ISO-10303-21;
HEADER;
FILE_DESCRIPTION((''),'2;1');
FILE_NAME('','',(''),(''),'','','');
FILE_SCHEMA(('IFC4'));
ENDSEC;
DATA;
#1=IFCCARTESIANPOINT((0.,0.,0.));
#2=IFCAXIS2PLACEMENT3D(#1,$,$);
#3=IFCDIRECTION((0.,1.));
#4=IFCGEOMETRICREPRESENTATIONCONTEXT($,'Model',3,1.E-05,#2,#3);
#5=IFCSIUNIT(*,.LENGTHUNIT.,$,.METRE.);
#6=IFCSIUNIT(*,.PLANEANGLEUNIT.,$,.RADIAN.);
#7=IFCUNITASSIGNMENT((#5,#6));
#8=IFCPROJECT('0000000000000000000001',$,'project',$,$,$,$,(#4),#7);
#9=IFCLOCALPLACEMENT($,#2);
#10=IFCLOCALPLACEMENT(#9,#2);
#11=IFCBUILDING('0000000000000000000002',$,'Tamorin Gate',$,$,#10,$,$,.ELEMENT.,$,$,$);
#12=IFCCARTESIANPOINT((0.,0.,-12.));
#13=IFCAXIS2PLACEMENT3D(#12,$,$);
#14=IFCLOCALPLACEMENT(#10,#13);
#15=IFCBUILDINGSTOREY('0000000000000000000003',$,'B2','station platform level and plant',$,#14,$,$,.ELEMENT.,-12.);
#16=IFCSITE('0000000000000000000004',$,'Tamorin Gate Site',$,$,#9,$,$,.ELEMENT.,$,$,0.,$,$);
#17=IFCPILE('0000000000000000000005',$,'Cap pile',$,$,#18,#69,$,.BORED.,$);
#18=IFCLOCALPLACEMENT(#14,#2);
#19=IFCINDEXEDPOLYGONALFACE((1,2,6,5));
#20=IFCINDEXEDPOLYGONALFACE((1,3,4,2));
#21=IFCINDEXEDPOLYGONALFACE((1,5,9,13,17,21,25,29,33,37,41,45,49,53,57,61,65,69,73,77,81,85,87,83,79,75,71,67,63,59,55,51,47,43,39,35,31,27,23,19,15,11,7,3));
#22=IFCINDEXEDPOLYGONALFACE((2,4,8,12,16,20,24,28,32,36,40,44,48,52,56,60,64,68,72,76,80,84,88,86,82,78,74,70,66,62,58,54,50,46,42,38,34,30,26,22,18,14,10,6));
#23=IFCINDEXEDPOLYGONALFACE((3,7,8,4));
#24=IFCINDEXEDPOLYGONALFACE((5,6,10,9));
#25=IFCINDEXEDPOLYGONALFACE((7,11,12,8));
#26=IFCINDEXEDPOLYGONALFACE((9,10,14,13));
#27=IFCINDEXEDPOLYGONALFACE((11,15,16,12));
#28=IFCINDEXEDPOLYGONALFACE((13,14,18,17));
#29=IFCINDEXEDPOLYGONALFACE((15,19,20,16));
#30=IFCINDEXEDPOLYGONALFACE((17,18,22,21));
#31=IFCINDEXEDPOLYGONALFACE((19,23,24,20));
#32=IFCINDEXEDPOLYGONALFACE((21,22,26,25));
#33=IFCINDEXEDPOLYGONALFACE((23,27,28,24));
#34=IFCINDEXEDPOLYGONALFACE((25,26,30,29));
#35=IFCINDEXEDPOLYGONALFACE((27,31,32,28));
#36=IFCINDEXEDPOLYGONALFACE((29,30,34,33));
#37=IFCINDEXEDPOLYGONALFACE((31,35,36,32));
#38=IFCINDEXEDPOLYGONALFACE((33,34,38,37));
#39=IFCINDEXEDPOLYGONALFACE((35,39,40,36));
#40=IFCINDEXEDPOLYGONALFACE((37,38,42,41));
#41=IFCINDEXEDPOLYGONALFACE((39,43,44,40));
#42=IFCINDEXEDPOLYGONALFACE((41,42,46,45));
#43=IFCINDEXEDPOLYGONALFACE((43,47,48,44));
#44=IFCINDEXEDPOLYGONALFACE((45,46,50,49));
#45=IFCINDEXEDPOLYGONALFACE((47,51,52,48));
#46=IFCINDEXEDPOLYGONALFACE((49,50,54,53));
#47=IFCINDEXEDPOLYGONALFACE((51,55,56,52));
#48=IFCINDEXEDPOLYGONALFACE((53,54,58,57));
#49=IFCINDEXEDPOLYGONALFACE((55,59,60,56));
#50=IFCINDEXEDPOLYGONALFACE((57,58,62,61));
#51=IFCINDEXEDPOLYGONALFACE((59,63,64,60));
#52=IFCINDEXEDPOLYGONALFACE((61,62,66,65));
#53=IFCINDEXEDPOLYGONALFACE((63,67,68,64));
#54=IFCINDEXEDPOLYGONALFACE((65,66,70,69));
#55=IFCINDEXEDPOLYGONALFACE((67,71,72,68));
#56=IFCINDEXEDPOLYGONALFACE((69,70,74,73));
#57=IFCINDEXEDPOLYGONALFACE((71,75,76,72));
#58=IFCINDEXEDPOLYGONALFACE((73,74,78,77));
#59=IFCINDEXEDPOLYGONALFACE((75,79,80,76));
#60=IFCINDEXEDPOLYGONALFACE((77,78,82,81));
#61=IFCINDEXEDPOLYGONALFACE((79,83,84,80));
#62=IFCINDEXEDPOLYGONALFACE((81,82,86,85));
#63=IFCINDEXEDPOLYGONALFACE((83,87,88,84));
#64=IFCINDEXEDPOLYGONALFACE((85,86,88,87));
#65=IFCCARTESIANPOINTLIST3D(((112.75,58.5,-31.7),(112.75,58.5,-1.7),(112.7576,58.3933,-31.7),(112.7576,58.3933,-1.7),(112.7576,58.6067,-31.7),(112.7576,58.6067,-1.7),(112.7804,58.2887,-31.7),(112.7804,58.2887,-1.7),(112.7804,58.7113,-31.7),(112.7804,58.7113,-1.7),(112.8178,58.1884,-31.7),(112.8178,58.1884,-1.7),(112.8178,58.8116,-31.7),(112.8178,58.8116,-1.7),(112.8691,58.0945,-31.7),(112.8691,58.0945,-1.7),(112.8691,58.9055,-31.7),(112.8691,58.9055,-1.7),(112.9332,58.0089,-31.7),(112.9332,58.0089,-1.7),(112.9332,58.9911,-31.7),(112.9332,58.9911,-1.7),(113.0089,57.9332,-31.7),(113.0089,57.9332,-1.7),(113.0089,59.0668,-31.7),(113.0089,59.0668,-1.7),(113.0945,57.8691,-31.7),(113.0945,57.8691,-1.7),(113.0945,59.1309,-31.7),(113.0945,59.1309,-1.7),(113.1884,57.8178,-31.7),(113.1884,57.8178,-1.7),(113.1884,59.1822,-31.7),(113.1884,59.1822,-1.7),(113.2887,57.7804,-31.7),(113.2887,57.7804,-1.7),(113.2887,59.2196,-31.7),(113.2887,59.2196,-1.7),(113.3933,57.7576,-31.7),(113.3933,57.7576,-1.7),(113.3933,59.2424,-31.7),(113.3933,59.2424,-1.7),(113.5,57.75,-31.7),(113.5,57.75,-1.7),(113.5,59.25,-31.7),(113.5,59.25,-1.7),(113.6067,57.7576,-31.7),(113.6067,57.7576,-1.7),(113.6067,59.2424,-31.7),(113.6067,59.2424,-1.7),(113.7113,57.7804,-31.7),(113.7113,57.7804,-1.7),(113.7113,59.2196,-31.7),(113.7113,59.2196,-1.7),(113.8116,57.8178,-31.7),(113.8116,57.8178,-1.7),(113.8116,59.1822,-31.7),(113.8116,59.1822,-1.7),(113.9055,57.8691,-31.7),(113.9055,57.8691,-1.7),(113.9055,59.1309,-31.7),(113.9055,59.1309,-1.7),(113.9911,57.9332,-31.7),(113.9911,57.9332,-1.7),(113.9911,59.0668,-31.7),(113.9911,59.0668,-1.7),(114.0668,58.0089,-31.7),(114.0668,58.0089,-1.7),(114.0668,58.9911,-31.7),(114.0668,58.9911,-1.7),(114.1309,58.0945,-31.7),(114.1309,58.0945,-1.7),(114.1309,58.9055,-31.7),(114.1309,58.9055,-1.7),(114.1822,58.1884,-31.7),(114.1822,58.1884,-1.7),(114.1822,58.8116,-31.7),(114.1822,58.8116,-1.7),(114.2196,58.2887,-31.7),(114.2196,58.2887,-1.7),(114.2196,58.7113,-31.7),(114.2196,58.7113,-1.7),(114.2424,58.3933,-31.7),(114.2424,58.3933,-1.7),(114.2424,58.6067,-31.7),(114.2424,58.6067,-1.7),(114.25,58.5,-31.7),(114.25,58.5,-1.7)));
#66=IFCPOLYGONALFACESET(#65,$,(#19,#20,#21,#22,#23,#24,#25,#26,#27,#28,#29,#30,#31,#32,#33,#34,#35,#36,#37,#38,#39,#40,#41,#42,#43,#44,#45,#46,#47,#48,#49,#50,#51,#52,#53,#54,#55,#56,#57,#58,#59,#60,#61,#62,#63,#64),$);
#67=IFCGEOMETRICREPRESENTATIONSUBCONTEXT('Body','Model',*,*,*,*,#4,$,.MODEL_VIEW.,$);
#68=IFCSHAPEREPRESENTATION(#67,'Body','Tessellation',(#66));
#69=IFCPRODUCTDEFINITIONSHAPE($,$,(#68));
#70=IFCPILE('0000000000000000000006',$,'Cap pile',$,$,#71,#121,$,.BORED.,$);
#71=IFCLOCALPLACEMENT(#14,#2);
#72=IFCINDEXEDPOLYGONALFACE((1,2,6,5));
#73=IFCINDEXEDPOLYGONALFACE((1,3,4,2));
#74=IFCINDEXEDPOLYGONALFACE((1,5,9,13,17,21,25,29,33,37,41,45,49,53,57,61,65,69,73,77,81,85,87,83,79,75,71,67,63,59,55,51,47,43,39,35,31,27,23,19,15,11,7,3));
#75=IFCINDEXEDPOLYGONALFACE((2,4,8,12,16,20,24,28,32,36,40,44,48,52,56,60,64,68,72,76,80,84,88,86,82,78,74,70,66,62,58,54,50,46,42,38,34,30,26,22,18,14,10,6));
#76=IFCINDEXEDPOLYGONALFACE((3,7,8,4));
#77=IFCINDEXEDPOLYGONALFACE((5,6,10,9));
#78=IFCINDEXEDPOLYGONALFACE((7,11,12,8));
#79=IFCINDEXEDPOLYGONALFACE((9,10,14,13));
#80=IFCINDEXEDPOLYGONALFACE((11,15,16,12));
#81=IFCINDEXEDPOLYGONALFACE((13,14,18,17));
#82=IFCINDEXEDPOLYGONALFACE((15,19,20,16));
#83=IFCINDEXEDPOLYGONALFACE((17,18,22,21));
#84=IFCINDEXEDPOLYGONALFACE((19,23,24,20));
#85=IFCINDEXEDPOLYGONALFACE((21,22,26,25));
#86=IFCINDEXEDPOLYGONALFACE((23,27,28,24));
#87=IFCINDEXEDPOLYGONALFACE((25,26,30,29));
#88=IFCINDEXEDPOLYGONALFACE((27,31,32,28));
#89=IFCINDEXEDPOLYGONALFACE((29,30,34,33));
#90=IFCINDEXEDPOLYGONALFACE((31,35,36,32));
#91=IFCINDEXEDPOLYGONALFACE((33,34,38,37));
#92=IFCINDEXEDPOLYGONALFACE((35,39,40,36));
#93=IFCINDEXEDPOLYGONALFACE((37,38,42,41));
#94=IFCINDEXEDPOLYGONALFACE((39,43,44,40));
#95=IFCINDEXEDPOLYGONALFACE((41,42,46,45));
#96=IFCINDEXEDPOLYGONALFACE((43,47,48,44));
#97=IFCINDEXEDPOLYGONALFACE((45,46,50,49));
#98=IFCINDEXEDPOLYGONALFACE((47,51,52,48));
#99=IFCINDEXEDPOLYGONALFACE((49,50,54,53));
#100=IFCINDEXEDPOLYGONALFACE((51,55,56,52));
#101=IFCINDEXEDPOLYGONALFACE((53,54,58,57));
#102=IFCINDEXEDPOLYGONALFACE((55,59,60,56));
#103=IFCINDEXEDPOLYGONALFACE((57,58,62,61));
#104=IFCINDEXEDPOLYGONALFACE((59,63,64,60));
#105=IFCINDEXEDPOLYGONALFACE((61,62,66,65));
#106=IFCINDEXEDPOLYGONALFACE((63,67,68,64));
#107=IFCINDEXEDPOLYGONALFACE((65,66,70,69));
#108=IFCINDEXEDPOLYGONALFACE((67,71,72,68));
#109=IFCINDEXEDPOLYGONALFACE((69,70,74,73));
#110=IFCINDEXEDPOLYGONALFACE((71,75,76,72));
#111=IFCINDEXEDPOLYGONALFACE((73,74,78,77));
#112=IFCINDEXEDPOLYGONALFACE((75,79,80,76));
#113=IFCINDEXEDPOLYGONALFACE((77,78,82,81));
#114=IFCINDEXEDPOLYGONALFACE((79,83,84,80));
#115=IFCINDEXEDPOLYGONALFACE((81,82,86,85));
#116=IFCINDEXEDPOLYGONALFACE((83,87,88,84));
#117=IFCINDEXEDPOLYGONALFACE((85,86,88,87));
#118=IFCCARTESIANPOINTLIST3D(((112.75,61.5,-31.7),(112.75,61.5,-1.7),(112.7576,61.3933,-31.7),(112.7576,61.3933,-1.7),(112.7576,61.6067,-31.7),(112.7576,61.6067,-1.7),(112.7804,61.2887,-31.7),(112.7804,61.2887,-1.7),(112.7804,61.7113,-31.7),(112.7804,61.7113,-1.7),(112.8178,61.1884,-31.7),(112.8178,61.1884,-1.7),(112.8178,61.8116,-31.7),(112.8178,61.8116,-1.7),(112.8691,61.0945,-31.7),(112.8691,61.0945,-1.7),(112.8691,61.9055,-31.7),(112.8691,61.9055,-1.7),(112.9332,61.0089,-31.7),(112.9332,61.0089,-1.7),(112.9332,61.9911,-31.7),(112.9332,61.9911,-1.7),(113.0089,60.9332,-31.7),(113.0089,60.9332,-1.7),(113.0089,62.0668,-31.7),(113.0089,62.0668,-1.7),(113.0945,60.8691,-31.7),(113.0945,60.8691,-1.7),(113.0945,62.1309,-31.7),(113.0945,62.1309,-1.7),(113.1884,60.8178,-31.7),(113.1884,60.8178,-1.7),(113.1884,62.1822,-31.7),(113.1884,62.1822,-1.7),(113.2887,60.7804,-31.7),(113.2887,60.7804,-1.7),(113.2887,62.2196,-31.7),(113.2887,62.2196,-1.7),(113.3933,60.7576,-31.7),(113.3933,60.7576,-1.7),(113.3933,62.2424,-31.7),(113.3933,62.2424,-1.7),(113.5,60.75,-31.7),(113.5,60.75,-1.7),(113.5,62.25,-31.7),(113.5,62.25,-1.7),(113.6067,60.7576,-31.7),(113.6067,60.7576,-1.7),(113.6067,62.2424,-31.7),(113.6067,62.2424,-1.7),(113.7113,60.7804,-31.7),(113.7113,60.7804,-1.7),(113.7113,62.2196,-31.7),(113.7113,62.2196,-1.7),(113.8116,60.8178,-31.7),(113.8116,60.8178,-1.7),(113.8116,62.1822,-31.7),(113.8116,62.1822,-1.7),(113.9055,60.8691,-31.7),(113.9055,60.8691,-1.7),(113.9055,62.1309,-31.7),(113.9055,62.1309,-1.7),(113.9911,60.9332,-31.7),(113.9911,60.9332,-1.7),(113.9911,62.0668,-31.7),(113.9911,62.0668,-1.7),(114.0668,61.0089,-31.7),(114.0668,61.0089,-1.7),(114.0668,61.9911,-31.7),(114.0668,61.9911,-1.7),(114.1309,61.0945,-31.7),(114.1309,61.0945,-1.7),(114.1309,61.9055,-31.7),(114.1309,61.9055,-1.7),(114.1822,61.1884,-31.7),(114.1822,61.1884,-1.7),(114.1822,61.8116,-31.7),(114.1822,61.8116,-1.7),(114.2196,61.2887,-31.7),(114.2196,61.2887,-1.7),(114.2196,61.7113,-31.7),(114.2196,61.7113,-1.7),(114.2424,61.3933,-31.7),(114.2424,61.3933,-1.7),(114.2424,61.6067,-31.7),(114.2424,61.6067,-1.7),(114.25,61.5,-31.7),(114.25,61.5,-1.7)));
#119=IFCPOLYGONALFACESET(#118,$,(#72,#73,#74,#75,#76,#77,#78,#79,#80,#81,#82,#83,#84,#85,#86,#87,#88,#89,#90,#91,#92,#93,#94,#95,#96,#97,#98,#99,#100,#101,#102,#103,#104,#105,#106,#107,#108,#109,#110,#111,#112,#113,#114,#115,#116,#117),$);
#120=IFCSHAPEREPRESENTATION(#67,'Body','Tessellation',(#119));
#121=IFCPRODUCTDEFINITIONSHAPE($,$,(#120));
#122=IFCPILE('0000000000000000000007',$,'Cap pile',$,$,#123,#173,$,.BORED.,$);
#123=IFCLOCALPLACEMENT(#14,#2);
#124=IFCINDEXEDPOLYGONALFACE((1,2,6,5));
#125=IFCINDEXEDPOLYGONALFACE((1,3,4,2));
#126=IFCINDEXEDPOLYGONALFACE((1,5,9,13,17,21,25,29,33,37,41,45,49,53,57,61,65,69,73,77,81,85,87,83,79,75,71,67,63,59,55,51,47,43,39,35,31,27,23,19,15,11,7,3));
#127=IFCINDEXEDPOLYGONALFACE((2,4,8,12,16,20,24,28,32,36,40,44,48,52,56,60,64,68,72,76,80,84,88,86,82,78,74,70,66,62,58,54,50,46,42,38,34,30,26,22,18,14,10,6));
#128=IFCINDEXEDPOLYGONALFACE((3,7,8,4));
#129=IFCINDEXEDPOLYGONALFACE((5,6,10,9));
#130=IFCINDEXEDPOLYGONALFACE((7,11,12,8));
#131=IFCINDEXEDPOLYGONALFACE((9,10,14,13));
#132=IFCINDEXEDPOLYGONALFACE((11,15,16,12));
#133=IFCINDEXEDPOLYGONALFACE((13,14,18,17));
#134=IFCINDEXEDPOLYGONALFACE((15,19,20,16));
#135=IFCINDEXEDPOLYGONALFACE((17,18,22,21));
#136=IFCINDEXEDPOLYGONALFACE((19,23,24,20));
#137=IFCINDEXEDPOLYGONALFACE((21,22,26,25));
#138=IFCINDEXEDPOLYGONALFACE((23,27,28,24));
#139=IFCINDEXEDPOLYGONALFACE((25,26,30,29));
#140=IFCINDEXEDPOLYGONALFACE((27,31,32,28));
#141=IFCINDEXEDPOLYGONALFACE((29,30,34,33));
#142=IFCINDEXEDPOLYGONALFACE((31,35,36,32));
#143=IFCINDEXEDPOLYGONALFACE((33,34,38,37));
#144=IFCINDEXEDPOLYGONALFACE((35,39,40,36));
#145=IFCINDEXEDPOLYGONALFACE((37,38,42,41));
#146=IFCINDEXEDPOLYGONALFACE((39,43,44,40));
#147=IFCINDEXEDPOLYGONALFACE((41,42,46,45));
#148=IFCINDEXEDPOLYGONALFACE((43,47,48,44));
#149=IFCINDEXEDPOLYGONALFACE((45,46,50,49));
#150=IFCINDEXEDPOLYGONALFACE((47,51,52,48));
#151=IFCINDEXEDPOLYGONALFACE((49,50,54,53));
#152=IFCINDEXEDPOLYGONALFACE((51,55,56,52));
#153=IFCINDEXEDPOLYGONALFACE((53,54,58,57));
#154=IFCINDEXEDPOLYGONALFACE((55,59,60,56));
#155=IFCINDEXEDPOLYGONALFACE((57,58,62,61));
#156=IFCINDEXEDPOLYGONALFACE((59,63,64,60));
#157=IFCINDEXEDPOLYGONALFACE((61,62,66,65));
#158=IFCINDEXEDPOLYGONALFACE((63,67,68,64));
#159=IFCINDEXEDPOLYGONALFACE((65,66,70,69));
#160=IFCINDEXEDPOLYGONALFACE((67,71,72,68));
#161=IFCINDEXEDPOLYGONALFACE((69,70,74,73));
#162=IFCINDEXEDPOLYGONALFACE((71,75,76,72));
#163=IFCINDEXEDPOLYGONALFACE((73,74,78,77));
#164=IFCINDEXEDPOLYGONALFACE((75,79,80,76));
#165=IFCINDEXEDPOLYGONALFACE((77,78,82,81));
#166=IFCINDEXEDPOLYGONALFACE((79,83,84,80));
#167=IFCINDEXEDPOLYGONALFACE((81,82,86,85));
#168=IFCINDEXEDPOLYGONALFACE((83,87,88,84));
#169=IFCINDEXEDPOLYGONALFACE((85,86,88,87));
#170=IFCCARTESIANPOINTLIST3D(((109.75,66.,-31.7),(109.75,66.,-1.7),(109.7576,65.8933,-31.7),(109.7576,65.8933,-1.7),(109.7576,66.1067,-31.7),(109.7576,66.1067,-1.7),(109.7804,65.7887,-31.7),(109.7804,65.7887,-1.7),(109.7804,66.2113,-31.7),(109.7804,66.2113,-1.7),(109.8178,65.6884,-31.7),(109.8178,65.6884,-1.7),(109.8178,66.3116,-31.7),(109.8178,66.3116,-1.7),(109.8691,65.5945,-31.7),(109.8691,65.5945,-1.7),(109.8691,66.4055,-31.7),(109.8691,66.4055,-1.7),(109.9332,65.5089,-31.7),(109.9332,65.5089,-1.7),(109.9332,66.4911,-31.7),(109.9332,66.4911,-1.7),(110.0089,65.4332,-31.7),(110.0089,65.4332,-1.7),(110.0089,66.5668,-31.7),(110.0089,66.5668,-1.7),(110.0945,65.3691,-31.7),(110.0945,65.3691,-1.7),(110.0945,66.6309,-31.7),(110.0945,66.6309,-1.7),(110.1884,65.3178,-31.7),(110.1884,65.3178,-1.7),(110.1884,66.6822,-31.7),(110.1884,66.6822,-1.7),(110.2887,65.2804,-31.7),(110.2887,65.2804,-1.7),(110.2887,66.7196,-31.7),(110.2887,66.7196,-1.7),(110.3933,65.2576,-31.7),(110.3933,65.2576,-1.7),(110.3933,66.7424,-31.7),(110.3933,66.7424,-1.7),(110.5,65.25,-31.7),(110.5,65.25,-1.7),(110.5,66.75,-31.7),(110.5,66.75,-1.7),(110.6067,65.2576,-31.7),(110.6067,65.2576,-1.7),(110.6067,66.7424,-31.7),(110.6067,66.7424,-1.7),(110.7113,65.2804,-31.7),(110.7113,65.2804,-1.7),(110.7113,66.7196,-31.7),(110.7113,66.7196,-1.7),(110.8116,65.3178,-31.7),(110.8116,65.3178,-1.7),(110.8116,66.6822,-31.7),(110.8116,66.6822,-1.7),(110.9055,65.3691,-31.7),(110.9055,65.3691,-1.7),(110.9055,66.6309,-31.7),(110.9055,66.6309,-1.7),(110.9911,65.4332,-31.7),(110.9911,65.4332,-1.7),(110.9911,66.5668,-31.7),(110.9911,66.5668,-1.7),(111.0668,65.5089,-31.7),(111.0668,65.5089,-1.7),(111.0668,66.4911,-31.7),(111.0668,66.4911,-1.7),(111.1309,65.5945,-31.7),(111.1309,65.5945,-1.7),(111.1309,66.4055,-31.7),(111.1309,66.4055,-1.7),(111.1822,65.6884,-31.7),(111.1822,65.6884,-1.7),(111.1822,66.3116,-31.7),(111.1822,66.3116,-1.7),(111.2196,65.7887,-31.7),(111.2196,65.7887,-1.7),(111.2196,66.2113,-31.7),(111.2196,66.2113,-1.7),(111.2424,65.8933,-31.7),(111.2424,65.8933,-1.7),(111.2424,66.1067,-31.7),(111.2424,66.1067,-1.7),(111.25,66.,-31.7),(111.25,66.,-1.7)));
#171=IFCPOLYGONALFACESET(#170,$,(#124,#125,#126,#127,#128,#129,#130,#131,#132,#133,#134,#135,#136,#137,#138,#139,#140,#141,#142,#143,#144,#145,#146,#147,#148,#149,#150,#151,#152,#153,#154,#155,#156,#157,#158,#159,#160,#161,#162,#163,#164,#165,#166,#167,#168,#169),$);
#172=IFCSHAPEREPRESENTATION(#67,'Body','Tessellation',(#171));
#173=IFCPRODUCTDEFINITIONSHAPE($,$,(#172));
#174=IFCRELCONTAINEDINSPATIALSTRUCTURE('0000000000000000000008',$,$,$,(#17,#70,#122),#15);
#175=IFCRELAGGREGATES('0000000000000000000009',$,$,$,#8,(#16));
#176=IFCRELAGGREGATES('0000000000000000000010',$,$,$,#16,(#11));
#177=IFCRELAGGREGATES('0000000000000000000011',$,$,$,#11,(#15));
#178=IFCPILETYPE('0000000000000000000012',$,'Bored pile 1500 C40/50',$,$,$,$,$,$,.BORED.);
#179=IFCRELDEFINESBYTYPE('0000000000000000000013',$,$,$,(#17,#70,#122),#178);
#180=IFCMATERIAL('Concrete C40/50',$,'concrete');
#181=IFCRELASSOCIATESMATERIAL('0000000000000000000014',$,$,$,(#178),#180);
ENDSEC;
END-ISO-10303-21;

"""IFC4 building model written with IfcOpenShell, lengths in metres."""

from ifc_helpers import new_model, si_unit, direction, frame, origin, origin_2d, place, context, subcontext, project, spatial, circle, extrude, material, material_profile, profile_set, type_object, element, save


model = new_model("IFC4")

# Units and contexts
model_context = context("Model", 3, precision=1e-05, world=origin(), true_north=direction((0.0, 1.0)))
body_context = subcontext(model_context, "Body", "Model", "MODEL_VIEW")
ifc_project = project(units=[si_unit("LENGTHUNIT", "METRE"), si_unit("PLANEANGLEUNIT", "RADIAN")], contexts=[model_context])

# Site, building, storey
site_placement = place(None, origin())
site = spatial("IfcSite", under=ifc_project, at=site_placement, Name="Tamorin Gate Site", CompositionType="ELEMENT", RefElevation=0.0)
building_placement = place(site_placement, origin())
building = spatial("IfcBuilding", under=site, at=building_placement, Name="Tamorin Gate", CompositionType="ELEMENT")
storey_placement = place(building_placement, frame((0.0, 0.0, -12.0)))
storey = spatial("IfcBuildingStorey", under=building, at=storey_placement, Name="B2", Description="station platform level and plant", CompositionType="ELEMENT", Elevation=-12.0)

# Piles
ifc_material_1 = material(Name="Concrete C40/50", Category="concrete")
ifc_material_profile_1 = material_profile(ifc_material_1, circle(Radius=0.75, at=origin_2d()))
ifc_profile_set_1 = profile_set([ifc_material_profile_1], Name="Concrete C40/50")
pile_type = type_object("IfcPileType", Name="Bored pile 1500 C40/50", PredefinedType="BORED", material=ifc_profile_set_1)
for number, where, z_axis, x_axis, name in (
    (1, (113.5, 58.5, -1.7), (0.0, 0.0, -1.0), (1.0, 0.0, 0.0), "Cap pile"),
    (2, (113.5, 61.5, -1.7), (0.0, 0.0, -1.0), (1.0, 0.0, 0.0), "Cap pile"),
    (3, (110.5, 66.0, -1.7), (0.0, 0.0, -1.0), (1.0, 0.0, 0.0), "Cap pile"),
):
    element("IfcPile", number, at=place(storey_placement, frame(where, z_axis=z_axis, x_axis=x_axis)), inside=storey, type_object=pile_type, Name=name, PredefinedType="BORED", context=body_context, shape_type="SweptSolid", body=[
        extrude(circle(Radius=0.75, at=origin_2d()), origin(), (0.0, 0.0, 1.0), 30.0),
    ])

save(model, "model.ifc")
